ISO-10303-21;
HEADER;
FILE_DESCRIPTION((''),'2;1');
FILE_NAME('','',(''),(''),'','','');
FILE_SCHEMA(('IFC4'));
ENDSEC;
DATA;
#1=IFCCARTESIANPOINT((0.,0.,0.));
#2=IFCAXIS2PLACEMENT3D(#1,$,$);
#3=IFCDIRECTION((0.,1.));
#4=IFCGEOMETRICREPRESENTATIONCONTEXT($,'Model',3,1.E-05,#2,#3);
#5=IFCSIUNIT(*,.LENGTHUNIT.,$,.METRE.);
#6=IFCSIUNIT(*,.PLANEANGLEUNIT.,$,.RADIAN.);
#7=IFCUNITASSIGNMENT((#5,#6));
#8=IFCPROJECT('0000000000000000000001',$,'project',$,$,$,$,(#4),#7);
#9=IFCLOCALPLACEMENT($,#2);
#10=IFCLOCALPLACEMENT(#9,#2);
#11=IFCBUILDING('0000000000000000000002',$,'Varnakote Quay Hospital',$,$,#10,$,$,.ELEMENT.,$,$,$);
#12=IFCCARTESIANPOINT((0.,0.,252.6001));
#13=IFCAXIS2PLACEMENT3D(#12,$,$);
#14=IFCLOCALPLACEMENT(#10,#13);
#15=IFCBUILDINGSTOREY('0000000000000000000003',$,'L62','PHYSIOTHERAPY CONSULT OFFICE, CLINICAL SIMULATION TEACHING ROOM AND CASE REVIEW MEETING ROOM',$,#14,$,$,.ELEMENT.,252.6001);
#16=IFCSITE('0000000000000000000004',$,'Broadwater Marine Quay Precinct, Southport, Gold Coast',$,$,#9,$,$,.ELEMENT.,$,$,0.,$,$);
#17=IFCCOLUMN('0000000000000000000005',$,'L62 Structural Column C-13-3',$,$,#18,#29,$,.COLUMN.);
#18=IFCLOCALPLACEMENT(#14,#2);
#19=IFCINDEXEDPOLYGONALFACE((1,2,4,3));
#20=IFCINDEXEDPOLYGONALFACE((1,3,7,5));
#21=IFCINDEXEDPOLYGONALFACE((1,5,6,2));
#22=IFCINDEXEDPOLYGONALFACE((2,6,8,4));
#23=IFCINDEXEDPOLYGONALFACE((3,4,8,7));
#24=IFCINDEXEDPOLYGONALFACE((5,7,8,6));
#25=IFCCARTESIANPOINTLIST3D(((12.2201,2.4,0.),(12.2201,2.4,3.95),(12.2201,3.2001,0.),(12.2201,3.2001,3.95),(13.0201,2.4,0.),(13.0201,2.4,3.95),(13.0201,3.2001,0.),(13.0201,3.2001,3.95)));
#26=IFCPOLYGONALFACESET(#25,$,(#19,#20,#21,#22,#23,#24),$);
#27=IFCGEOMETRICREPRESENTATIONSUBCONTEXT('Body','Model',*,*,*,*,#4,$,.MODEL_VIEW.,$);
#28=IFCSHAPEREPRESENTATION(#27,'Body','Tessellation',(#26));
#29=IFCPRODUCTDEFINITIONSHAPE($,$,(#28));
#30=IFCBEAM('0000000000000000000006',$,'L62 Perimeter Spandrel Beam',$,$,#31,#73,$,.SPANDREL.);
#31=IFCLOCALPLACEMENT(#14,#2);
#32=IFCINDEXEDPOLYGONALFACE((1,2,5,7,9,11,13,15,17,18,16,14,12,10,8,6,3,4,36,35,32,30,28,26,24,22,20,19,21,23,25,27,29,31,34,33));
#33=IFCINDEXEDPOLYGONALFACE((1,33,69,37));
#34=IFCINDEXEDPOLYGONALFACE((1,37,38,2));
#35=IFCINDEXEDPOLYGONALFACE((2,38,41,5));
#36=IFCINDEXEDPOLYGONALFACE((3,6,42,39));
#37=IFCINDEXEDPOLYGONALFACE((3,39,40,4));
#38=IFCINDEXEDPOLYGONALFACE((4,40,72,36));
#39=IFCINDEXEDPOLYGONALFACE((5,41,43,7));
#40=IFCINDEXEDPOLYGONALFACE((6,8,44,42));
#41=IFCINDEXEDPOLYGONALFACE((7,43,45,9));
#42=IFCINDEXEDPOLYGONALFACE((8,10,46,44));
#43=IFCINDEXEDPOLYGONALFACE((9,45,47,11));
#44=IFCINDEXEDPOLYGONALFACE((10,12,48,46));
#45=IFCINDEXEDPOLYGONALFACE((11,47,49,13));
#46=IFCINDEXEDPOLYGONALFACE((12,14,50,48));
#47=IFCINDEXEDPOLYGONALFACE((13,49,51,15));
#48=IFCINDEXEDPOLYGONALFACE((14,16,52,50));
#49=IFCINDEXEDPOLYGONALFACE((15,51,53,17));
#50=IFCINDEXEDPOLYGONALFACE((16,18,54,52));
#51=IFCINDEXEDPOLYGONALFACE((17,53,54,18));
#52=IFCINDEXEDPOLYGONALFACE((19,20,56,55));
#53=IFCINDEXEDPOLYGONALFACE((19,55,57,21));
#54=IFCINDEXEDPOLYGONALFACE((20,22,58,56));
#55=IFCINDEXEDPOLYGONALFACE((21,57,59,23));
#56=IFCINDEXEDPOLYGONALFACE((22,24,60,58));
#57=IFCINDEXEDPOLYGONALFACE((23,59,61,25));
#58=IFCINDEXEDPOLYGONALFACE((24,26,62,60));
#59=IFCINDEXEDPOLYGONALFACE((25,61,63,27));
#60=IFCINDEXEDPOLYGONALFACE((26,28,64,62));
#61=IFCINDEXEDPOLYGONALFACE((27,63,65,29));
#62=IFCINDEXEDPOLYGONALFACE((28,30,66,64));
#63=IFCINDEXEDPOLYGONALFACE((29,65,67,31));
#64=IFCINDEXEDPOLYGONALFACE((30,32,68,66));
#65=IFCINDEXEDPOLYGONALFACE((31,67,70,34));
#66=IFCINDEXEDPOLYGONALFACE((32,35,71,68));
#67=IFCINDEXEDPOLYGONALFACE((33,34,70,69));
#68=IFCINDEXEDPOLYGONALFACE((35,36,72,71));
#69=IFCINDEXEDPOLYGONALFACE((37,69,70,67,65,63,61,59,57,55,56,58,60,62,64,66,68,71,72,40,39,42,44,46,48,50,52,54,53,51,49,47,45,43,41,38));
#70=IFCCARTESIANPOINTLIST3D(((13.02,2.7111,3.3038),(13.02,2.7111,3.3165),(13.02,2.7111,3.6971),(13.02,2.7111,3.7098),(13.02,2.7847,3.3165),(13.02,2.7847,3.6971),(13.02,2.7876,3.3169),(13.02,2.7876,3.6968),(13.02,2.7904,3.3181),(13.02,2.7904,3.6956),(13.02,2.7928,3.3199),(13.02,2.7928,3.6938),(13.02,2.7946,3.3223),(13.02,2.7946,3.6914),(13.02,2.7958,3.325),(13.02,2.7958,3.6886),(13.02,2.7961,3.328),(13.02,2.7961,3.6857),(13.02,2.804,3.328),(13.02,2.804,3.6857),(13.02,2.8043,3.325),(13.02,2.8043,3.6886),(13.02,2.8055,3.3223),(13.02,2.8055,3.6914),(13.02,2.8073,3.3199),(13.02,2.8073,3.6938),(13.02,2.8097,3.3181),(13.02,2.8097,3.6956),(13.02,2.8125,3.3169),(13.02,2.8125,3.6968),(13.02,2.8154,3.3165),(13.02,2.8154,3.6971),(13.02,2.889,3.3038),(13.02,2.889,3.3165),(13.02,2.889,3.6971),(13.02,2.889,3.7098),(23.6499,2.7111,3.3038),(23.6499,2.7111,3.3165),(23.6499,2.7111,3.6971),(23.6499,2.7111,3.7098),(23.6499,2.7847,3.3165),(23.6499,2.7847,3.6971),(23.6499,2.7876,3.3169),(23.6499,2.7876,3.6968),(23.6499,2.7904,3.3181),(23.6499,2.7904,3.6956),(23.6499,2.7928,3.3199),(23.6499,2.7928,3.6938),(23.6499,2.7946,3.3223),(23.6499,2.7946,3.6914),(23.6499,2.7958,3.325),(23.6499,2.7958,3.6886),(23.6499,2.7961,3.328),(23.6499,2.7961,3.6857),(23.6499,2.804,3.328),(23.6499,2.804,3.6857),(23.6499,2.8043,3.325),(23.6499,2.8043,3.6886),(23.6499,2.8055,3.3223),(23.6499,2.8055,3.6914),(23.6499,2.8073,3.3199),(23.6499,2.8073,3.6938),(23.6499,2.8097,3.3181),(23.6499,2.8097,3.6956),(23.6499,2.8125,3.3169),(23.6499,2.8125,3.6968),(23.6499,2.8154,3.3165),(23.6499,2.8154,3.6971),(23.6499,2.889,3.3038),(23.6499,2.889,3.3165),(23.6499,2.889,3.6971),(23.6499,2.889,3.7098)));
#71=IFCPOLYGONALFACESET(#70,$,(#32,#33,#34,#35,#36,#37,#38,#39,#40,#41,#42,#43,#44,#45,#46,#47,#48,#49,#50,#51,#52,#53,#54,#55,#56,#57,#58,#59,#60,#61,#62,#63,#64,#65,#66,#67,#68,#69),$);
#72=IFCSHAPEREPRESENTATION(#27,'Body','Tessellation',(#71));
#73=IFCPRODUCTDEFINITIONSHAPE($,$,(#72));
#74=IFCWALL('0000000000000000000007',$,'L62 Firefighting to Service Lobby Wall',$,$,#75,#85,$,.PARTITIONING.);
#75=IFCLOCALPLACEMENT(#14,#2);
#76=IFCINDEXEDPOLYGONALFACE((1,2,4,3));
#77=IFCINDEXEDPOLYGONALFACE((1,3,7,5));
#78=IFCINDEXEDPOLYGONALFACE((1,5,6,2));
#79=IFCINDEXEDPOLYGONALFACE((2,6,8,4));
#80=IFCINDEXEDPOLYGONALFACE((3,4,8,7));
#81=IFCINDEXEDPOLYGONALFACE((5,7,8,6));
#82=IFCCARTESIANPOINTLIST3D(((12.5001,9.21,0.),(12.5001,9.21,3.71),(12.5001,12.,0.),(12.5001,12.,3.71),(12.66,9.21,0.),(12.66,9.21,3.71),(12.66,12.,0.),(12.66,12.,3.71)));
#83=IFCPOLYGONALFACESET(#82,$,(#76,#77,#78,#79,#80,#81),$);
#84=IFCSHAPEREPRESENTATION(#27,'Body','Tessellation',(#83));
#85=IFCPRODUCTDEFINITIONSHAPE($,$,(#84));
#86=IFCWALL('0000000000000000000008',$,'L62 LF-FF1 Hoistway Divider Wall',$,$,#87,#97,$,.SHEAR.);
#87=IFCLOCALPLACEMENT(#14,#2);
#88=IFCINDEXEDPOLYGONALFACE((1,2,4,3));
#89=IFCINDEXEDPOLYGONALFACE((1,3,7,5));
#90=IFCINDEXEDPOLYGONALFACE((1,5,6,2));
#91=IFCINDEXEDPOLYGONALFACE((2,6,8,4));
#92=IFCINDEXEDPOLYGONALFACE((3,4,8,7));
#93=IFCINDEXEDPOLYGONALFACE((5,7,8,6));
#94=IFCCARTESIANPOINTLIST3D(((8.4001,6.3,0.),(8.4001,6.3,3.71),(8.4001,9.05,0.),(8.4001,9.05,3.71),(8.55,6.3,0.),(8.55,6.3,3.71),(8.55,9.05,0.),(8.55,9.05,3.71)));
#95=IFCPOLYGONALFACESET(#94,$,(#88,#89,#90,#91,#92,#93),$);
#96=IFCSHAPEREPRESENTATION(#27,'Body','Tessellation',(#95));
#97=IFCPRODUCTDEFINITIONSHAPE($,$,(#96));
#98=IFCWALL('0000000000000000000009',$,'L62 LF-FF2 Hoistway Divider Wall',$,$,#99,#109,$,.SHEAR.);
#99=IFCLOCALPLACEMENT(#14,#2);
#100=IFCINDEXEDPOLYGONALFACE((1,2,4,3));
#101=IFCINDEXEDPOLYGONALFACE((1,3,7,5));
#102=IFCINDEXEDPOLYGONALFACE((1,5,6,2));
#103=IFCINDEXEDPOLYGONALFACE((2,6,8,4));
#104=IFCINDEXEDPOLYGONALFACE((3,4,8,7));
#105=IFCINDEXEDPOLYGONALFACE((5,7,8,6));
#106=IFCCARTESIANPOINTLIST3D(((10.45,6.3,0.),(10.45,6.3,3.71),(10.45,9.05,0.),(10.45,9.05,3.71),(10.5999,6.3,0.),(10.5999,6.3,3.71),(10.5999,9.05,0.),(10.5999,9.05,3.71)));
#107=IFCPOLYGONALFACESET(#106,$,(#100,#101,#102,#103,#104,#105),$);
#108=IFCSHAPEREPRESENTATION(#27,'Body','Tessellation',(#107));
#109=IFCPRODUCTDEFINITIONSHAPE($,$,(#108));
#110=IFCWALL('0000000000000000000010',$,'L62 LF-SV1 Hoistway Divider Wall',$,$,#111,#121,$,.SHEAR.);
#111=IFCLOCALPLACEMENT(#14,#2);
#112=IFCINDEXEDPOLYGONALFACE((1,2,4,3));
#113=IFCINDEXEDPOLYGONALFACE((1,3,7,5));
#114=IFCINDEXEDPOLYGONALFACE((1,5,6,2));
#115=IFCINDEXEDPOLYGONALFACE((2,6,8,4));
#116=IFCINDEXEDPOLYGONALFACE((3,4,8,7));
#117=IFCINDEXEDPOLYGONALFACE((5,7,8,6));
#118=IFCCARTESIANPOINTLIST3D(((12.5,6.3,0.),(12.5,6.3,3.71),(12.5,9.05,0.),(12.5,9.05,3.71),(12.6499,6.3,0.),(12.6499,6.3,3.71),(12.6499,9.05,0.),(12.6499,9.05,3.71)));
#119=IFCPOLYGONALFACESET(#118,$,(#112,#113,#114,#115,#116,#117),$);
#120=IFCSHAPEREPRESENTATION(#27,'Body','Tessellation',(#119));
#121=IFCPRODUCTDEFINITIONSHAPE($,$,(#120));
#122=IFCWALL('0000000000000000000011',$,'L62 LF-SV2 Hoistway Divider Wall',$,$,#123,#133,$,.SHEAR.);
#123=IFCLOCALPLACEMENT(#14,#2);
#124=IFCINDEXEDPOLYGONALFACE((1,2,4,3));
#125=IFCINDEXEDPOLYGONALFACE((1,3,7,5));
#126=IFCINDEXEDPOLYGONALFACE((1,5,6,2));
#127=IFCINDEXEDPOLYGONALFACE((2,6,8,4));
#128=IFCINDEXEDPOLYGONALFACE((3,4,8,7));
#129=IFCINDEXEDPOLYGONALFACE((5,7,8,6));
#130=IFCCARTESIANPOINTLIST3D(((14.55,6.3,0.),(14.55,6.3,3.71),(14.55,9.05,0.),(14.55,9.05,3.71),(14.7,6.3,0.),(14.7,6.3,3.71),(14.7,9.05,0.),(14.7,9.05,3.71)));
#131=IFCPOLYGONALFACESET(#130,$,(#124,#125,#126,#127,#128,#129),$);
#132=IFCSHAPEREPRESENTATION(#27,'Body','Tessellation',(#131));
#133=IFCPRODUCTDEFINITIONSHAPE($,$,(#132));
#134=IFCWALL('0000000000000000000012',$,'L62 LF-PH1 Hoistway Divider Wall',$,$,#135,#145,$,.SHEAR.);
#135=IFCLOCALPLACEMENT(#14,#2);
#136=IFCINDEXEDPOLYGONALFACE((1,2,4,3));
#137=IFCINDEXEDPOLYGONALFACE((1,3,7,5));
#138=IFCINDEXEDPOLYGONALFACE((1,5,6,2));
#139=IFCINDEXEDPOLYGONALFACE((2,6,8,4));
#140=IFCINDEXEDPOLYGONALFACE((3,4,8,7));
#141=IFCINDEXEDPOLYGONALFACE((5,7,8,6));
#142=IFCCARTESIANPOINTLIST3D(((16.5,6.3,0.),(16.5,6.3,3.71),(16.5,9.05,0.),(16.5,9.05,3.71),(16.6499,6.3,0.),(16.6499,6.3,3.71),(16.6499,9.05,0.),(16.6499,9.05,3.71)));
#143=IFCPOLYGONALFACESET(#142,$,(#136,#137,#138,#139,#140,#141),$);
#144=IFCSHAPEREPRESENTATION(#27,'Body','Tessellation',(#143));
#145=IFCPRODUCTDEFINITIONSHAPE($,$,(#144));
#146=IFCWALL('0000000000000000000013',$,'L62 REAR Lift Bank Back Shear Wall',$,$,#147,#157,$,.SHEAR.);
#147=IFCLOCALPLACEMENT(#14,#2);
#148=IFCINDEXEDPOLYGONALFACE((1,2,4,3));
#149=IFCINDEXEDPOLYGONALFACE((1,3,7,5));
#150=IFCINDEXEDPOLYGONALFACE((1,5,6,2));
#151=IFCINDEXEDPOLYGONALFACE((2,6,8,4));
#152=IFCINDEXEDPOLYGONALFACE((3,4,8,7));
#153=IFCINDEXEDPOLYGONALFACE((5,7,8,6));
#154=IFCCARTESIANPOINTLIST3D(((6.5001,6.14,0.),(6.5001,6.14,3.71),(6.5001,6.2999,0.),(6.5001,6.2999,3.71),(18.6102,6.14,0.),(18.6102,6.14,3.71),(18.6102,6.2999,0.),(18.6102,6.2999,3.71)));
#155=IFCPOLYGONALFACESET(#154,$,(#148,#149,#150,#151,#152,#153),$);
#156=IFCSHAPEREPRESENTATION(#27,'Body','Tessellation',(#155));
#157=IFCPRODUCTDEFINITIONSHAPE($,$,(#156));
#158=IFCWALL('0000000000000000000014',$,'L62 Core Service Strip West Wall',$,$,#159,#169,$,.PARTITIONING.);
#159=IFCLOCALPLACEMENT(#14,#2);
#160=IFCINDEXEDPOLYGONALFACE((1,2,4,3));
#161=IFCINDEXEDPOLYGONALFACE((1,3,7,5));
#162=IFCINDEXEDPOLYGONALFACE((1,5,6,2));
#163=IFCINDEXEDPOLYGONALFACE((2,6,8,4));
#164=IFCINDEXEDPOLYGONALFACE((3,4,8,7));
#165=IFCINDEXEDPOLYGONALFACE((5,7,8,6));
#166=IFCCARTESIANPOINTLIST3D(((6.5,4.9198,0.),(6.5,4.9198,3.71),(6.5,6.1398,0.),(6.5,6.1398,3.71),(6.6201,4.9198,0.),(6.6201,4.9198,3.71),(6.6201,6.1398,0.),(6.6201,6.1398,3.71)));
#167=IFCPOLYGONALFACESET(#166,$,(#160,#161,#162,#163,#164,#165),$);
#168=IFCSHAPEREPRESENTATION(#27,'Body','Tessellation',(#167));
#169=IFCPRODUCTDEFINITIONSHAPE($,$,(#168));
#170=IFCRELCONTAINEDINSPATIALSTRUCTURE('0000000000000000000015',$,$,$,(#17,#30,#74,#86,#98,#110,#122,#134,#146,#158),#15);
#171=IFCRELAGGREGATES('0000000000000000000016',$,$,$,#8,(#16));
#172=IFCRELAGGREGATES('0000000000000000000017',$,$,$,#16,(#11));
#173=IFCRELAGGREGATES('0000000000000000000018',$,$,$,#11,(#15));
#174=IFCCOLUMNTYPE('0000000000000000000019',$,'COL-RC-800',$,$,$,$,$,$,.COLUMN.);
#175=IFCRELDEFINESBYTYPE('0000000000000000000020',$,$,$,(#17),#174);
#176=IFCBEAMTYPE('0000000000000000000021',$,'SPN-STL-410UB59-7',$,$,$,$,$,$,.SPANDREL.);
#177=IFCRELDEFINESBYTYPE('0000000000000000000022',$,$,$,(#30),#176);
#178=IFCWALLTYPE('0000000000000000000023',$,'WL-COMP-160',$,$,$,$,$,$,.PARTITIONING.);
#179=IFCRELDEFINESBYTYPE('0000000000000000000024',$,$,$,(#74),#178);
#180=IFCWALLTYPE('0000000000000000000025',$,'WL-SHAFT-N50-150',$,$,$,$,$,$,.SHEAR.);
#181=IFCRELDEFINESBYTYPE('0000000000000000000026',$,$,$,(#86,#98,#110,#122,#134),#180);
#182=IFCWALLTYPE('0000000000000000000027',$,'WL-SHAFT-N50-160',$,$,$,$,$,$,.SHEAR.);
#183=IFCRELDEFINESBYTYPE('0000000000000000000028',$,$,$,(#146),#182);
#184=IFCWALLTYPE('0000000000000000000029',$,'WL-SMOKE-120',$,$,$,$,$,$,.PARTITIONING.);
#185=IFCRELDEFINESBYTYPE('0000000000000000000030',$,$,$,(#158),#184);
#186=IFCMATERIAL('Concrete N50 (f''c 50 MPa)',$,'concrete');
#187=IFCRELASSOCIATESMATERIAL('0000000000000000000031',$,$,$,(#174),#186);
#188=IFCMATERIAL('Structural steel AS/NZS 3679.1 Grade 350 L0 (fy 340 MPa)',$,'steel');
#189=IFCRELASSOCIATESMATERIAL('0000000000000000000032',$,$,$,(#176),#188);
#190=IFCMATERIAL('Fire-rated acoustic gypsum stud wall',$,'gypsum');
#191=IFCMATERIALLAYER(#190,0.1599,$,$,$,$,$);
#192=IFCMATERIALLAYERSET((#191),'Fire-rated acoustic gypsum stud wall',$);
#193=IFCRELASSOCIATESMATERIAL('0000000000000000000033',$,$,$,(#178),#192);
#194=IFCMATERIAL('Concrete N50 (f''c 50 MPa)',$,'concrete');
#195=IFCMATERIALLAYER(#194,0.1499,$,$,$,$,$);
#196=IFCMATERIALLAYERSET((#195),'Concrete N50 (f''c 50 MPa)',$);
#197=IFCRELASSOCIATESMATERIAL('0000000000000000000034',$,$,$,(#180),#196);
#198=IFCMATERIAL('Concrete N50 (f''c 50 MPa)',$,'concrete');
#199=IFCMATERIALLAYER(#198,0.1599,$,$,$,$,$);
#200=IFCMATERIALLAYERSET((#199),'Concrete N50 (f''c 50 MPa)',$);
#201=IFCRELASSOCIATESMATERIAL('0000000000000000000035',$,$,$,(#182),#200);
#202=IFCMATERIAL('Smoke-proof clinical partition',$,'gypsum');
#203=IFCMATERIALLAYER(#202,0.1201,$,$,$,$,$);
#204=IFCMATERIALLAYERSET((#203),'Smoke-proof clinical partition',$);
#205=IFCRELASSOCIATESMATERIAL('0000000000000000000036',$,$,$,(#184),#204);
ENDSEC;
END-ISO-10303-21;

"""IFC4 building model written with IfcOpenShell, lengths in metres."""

from ifc_helpers import new_model, si_unit, direction, frame, frame_2d, origin, origin_2d, place, context, subcontext, project, spatial, rectangle, i_section, extrude, material, layer, layer_set, material_profile, profile_set, type_object, element, save


model = new_model("IFC4")

# Units and contexts
model_context = context("Model", 3, precision=1e-05, world=origin(), true_north=direction((0.0, 1.0)))
body_context = subcontext(model_context, "Body", "Model", "MODEL_VIEW")
ifc_project = project(units=[si_unit("LENGTHUNIT", "METRE"), si_unit("PLANEANGLEUNIT", "RADIAN")], contexts=[model_context])

# Site, building, storey
site_placement = place(None, origin())
site = spatial("IfcSite", under=ifc_project, at=site_placement, Name="Broadwater Marine Quay Precinct, Southport, Gold Coast", CompositionType="ELEMENT", RefElevation=0.0)
building_placement = place(site_placement, origin())
building = spatial("IfcBuilding", under=site, at=building_placement, Name="Varnakote Quay Hospital", CompositionType="ELEMENT")
storey_placement = place(building_placement, frame((0.0, 0.0, 252.6001)))
storey = spatial("IfcBuildingStorey", under=building, at=storey_placement, Name="L62", Description="PHYSIOTHERAPY CONSULT OFFICE, CLINICAL SIMULATION TEACHING ROOM AND CASE REVIEW MEETING ROOM", CompositionType="ELEMENT", Elevation=252.6001)

# Column
ifc_material_1 = material(Name="Concrete N50 (f'c 50 MPa)", Category="concrete")
ifc_material_profile_1 = material_profile(ifc_material_1, rectangle(XDim=0.8, YDim=0.8, at=origin_2d()), Name="RC-COL-800x800")
ifc_profile_set_1 = profile_set([ifc_material_profile_1], Name="Concrete N50 (f'c 50 MPa)")
column_type = type_object("IfcColumnType", Name="COL-RC-800", PredefinedType="COLUMN", material=ifc_profile_set_1)
column_placement = place(storey_placement, frame((12.6201, 2.8, 0.0), z_axis=(0.0, 0.0, 1.0), x_axis=(1.0, 0.0, 0.0)))
element("IfcColumn", 1, at=column_placement, inside=storey, type_object=column_type, Name="L62 Structural Column C-13-3", PredefinedType="COLUMN", context=body_context, shape_type="SweptSolid", body=[
    extrude(rectangle(XDim=0.8, YDim=0.8, at=origin_2d()), origin(), (0.0, 0.0, 1.0), 3.95),
])

# Beam
ifc_material_2 = material(Name="Structural steel AS/NZS 3679.1 Grade 350 L0 (fy 340 MPa)", Category="steel")
ifc_material_profile_2 = material_profile(ifc_material_2, i_section(OverallWidth=0.178, OverallDepth=0.406, WebThickness=0.0078, FlangeThickness=0.0127, FilletRadius=0.0115, at=origin_2d()), Name="410UB59.7")
ifc_profile_set_2 = profile_set([ifc_material_profile_2], Name="Structural steel AS/NZS 3679.1 Grade 350 L0 (fy 340 MPa)")
beam_type = type_object("IfcBeamType", Name="SPN-STL-410UB59-7", PredefinedType="SPANDREL", material=ifc_profile_set_2)
beam_placement = place(storey_placement, frame((13.02, 2.8, 3.5068), z_axis=(1.0, 0.0, 0.0), x_axis=(0.0, 1.0, 0.0)))
element("IfcBeam", 2, at=beam_placement, inside=storey, type_object=beam_type, Name="L62 Perimeter Spandrel Beam", PredefinedType="SPANDREL", context=body_context, shape_type="SweptSolid", body=[
    extrude(i_section(OverallWidth=0.178, OverallDepth=0.406, WebThickness=0.0078, FlangeThickness=0.0127, FilletRadius=0.0115, at=origin_2d()), origin(), (0.0, 0.0, 1.0), 10.6299),
])

# Walls
ifc_material_3 = material(Name="Fire-rated acoustic gypsum stud wall", Category="gypsum")
ifc_layer_1 = layer(ifc_material_3, 0.1599)
ifc_layer_set_1 = layer_set([ifc_layer_1], Name="Fire-rated acoustic gypsum stud wall")
wall_type_1 = type_object("IfcWallType", Name="WL-COMP-160", PredefinedType="PARTITIONING", material=ifc_layer_set_1)
wall_1_placement = place(storey_placement, frame((12.5801, 9.21, 0.0), z_axis=(0.0, 0.0, 1.0), x_axis=(0.0, 1.0, 0.0)))
element("IfcWall", 3, at=wall_1_placement, inside=storey, type_object=wall_type_1, Name="L62 Firefighting to Service Lobby Wall", PredefinedType="PARTITIONING", context=body_context, shape_type="SweptSolid", body=[
    extrude(rectangle(XDim=2.79, YDim=0.1599, at=frame_2d((1.395, 0.0))), origin(), (0.0, 0.0, 1.0), 3.71),
])
ifc_material_4 = material(Name="Concrete N50 (f'c 50 MPa)", Category="concrete")
ifc_layer_2 = layer(ifc_material_4, 0.1499)
ifc_layer_set_2 = layer_set([ifc_layer_2], Name="Concrete N50 (f'c 50 MPa)")
wall_type_2 = type_object("IfcWallType", Name="WL-SHAFT-N50-150", PredefinedType="SHEAR", material=ifc_layer_set_2)
for number, where, z_axis, x_axis, name in (
    (4, (8.4751, 6.3, 0.0), (0.0, 0.0, 1.0), (0.0, 1.0, 0.0), "L62 LF-FF1 Hoistway Divider Wall"),
    (5, (10.5249, 6.3, 0.0), (0.0, 0.0, 1.0), (0.0, 1.0, 0.0), "L62 LF-FF2 Hoistway Divider Wall"),
    (6, (12.575, 6.3, 0.0), (0.0, 0.0, 1.0), (0.0, 1.0, 0.0), "L62 LF-SV1 Hoistway Divider Wall"),
    (7, (14.625, 6.3, 0.0), (0.0, 0.0, 1.0), (0.0, 1.0, 0.0), "L62 LF-SV2 Hoistway Divider Wall"),
    (8, (16.575, 6.3, 0.0), (0.0, 0.0, 1.0), (0.0, 1.0, 0.0), "L62 LF-PH1 Hoistway Divider Wall"),
):
    element("IfcWall", number, at=place(storey_placement, frame(where, z_axis=z_axis, x_axis=x_axis)), inside=storey, type_object=wall_type_2, Name=name, PredefinedType="SHEAR", context=body_context, shape_type="SweptSolid", body=[
        extrude(rectangle(XDim=2.75, YDim=0.1499, at=frame_2d((1.375, 0.0))), origin(), (0.0, 0.0, 1.0), 3.71),
    ])
ifc_material_5 = material(Name="Concrete N50 (f'c 50 MPa)", Category="concrete")
ifc_layer_3 = layer(ifc_material_5, 0.1599)
ifc_layer_set_3 = layer_set([ifc_layer_3], Name="Concrete N50 (f'c 50 MPa)")
wall_type_3 = type_object("IfcWallType", Name="WL-SHAFT-N50-160", PredefinedType="SHEAR", material=ifc_layer_set_3)
wall_2_placement = place(storey_placement, frame((6.5, 6.22, 0.0), z_axis=(0.0, 0.0, 1.0), x_axis=(1.0, 0.0, 0.0)))
element("IfcWall", 9, at=wall_2_placement, inside=storey, type_object=wall_type_3, Name="L62 REAR Lift Bank Back Shear Wall", PredefinedType="SHEAR", context=body_context, shape_type="SweptSolid", body=[
    extrude(rectangle(XDim=12.1101, YDim=0.1599, at=frame_2d((6.0552, 0.0))), origin(), (0.0, 0.0, 1.0), 3.71),
])

# Wall
ifc_material_6 = material(Name="Smoke-proof clinical partition", Category="gypsum")
ifc_layer_4 = layer(ifc_material_6, 0.1201)
ifc_layer_set_4 = layer_set([ifc_layer_4], Name="Smoke-proof clinical partition")
wall_type_4 = type_object("IfcWallType", Name="WL-SMOKE-120", PredefinedType="PARTITIONING", material=ifc_layer_set_4)
wall_3_placement = place(storey_placement, frame((6.5601, 4.9199, 0.0), z_axis=(0.0, 0.0, 1.0), x_axis=(0.0, 1.0, 0.0)))
element("IfcWall", 10, at=wall_3_placement, inside=storey, type_object=wall_type_4, Name="L62 Core Service Strip West Wall", PredefinedType="PARTITIONING", context=body_context, shape_type="SweptSolid", body=[
    extrude(rectangle(XDim=1.22, YDim=0.1201, at=frame_2d((0.6099, 0.0))), origin(), (0.0, 0.0, 1.0), 3.71),
])

save(model, "model.ifc")
